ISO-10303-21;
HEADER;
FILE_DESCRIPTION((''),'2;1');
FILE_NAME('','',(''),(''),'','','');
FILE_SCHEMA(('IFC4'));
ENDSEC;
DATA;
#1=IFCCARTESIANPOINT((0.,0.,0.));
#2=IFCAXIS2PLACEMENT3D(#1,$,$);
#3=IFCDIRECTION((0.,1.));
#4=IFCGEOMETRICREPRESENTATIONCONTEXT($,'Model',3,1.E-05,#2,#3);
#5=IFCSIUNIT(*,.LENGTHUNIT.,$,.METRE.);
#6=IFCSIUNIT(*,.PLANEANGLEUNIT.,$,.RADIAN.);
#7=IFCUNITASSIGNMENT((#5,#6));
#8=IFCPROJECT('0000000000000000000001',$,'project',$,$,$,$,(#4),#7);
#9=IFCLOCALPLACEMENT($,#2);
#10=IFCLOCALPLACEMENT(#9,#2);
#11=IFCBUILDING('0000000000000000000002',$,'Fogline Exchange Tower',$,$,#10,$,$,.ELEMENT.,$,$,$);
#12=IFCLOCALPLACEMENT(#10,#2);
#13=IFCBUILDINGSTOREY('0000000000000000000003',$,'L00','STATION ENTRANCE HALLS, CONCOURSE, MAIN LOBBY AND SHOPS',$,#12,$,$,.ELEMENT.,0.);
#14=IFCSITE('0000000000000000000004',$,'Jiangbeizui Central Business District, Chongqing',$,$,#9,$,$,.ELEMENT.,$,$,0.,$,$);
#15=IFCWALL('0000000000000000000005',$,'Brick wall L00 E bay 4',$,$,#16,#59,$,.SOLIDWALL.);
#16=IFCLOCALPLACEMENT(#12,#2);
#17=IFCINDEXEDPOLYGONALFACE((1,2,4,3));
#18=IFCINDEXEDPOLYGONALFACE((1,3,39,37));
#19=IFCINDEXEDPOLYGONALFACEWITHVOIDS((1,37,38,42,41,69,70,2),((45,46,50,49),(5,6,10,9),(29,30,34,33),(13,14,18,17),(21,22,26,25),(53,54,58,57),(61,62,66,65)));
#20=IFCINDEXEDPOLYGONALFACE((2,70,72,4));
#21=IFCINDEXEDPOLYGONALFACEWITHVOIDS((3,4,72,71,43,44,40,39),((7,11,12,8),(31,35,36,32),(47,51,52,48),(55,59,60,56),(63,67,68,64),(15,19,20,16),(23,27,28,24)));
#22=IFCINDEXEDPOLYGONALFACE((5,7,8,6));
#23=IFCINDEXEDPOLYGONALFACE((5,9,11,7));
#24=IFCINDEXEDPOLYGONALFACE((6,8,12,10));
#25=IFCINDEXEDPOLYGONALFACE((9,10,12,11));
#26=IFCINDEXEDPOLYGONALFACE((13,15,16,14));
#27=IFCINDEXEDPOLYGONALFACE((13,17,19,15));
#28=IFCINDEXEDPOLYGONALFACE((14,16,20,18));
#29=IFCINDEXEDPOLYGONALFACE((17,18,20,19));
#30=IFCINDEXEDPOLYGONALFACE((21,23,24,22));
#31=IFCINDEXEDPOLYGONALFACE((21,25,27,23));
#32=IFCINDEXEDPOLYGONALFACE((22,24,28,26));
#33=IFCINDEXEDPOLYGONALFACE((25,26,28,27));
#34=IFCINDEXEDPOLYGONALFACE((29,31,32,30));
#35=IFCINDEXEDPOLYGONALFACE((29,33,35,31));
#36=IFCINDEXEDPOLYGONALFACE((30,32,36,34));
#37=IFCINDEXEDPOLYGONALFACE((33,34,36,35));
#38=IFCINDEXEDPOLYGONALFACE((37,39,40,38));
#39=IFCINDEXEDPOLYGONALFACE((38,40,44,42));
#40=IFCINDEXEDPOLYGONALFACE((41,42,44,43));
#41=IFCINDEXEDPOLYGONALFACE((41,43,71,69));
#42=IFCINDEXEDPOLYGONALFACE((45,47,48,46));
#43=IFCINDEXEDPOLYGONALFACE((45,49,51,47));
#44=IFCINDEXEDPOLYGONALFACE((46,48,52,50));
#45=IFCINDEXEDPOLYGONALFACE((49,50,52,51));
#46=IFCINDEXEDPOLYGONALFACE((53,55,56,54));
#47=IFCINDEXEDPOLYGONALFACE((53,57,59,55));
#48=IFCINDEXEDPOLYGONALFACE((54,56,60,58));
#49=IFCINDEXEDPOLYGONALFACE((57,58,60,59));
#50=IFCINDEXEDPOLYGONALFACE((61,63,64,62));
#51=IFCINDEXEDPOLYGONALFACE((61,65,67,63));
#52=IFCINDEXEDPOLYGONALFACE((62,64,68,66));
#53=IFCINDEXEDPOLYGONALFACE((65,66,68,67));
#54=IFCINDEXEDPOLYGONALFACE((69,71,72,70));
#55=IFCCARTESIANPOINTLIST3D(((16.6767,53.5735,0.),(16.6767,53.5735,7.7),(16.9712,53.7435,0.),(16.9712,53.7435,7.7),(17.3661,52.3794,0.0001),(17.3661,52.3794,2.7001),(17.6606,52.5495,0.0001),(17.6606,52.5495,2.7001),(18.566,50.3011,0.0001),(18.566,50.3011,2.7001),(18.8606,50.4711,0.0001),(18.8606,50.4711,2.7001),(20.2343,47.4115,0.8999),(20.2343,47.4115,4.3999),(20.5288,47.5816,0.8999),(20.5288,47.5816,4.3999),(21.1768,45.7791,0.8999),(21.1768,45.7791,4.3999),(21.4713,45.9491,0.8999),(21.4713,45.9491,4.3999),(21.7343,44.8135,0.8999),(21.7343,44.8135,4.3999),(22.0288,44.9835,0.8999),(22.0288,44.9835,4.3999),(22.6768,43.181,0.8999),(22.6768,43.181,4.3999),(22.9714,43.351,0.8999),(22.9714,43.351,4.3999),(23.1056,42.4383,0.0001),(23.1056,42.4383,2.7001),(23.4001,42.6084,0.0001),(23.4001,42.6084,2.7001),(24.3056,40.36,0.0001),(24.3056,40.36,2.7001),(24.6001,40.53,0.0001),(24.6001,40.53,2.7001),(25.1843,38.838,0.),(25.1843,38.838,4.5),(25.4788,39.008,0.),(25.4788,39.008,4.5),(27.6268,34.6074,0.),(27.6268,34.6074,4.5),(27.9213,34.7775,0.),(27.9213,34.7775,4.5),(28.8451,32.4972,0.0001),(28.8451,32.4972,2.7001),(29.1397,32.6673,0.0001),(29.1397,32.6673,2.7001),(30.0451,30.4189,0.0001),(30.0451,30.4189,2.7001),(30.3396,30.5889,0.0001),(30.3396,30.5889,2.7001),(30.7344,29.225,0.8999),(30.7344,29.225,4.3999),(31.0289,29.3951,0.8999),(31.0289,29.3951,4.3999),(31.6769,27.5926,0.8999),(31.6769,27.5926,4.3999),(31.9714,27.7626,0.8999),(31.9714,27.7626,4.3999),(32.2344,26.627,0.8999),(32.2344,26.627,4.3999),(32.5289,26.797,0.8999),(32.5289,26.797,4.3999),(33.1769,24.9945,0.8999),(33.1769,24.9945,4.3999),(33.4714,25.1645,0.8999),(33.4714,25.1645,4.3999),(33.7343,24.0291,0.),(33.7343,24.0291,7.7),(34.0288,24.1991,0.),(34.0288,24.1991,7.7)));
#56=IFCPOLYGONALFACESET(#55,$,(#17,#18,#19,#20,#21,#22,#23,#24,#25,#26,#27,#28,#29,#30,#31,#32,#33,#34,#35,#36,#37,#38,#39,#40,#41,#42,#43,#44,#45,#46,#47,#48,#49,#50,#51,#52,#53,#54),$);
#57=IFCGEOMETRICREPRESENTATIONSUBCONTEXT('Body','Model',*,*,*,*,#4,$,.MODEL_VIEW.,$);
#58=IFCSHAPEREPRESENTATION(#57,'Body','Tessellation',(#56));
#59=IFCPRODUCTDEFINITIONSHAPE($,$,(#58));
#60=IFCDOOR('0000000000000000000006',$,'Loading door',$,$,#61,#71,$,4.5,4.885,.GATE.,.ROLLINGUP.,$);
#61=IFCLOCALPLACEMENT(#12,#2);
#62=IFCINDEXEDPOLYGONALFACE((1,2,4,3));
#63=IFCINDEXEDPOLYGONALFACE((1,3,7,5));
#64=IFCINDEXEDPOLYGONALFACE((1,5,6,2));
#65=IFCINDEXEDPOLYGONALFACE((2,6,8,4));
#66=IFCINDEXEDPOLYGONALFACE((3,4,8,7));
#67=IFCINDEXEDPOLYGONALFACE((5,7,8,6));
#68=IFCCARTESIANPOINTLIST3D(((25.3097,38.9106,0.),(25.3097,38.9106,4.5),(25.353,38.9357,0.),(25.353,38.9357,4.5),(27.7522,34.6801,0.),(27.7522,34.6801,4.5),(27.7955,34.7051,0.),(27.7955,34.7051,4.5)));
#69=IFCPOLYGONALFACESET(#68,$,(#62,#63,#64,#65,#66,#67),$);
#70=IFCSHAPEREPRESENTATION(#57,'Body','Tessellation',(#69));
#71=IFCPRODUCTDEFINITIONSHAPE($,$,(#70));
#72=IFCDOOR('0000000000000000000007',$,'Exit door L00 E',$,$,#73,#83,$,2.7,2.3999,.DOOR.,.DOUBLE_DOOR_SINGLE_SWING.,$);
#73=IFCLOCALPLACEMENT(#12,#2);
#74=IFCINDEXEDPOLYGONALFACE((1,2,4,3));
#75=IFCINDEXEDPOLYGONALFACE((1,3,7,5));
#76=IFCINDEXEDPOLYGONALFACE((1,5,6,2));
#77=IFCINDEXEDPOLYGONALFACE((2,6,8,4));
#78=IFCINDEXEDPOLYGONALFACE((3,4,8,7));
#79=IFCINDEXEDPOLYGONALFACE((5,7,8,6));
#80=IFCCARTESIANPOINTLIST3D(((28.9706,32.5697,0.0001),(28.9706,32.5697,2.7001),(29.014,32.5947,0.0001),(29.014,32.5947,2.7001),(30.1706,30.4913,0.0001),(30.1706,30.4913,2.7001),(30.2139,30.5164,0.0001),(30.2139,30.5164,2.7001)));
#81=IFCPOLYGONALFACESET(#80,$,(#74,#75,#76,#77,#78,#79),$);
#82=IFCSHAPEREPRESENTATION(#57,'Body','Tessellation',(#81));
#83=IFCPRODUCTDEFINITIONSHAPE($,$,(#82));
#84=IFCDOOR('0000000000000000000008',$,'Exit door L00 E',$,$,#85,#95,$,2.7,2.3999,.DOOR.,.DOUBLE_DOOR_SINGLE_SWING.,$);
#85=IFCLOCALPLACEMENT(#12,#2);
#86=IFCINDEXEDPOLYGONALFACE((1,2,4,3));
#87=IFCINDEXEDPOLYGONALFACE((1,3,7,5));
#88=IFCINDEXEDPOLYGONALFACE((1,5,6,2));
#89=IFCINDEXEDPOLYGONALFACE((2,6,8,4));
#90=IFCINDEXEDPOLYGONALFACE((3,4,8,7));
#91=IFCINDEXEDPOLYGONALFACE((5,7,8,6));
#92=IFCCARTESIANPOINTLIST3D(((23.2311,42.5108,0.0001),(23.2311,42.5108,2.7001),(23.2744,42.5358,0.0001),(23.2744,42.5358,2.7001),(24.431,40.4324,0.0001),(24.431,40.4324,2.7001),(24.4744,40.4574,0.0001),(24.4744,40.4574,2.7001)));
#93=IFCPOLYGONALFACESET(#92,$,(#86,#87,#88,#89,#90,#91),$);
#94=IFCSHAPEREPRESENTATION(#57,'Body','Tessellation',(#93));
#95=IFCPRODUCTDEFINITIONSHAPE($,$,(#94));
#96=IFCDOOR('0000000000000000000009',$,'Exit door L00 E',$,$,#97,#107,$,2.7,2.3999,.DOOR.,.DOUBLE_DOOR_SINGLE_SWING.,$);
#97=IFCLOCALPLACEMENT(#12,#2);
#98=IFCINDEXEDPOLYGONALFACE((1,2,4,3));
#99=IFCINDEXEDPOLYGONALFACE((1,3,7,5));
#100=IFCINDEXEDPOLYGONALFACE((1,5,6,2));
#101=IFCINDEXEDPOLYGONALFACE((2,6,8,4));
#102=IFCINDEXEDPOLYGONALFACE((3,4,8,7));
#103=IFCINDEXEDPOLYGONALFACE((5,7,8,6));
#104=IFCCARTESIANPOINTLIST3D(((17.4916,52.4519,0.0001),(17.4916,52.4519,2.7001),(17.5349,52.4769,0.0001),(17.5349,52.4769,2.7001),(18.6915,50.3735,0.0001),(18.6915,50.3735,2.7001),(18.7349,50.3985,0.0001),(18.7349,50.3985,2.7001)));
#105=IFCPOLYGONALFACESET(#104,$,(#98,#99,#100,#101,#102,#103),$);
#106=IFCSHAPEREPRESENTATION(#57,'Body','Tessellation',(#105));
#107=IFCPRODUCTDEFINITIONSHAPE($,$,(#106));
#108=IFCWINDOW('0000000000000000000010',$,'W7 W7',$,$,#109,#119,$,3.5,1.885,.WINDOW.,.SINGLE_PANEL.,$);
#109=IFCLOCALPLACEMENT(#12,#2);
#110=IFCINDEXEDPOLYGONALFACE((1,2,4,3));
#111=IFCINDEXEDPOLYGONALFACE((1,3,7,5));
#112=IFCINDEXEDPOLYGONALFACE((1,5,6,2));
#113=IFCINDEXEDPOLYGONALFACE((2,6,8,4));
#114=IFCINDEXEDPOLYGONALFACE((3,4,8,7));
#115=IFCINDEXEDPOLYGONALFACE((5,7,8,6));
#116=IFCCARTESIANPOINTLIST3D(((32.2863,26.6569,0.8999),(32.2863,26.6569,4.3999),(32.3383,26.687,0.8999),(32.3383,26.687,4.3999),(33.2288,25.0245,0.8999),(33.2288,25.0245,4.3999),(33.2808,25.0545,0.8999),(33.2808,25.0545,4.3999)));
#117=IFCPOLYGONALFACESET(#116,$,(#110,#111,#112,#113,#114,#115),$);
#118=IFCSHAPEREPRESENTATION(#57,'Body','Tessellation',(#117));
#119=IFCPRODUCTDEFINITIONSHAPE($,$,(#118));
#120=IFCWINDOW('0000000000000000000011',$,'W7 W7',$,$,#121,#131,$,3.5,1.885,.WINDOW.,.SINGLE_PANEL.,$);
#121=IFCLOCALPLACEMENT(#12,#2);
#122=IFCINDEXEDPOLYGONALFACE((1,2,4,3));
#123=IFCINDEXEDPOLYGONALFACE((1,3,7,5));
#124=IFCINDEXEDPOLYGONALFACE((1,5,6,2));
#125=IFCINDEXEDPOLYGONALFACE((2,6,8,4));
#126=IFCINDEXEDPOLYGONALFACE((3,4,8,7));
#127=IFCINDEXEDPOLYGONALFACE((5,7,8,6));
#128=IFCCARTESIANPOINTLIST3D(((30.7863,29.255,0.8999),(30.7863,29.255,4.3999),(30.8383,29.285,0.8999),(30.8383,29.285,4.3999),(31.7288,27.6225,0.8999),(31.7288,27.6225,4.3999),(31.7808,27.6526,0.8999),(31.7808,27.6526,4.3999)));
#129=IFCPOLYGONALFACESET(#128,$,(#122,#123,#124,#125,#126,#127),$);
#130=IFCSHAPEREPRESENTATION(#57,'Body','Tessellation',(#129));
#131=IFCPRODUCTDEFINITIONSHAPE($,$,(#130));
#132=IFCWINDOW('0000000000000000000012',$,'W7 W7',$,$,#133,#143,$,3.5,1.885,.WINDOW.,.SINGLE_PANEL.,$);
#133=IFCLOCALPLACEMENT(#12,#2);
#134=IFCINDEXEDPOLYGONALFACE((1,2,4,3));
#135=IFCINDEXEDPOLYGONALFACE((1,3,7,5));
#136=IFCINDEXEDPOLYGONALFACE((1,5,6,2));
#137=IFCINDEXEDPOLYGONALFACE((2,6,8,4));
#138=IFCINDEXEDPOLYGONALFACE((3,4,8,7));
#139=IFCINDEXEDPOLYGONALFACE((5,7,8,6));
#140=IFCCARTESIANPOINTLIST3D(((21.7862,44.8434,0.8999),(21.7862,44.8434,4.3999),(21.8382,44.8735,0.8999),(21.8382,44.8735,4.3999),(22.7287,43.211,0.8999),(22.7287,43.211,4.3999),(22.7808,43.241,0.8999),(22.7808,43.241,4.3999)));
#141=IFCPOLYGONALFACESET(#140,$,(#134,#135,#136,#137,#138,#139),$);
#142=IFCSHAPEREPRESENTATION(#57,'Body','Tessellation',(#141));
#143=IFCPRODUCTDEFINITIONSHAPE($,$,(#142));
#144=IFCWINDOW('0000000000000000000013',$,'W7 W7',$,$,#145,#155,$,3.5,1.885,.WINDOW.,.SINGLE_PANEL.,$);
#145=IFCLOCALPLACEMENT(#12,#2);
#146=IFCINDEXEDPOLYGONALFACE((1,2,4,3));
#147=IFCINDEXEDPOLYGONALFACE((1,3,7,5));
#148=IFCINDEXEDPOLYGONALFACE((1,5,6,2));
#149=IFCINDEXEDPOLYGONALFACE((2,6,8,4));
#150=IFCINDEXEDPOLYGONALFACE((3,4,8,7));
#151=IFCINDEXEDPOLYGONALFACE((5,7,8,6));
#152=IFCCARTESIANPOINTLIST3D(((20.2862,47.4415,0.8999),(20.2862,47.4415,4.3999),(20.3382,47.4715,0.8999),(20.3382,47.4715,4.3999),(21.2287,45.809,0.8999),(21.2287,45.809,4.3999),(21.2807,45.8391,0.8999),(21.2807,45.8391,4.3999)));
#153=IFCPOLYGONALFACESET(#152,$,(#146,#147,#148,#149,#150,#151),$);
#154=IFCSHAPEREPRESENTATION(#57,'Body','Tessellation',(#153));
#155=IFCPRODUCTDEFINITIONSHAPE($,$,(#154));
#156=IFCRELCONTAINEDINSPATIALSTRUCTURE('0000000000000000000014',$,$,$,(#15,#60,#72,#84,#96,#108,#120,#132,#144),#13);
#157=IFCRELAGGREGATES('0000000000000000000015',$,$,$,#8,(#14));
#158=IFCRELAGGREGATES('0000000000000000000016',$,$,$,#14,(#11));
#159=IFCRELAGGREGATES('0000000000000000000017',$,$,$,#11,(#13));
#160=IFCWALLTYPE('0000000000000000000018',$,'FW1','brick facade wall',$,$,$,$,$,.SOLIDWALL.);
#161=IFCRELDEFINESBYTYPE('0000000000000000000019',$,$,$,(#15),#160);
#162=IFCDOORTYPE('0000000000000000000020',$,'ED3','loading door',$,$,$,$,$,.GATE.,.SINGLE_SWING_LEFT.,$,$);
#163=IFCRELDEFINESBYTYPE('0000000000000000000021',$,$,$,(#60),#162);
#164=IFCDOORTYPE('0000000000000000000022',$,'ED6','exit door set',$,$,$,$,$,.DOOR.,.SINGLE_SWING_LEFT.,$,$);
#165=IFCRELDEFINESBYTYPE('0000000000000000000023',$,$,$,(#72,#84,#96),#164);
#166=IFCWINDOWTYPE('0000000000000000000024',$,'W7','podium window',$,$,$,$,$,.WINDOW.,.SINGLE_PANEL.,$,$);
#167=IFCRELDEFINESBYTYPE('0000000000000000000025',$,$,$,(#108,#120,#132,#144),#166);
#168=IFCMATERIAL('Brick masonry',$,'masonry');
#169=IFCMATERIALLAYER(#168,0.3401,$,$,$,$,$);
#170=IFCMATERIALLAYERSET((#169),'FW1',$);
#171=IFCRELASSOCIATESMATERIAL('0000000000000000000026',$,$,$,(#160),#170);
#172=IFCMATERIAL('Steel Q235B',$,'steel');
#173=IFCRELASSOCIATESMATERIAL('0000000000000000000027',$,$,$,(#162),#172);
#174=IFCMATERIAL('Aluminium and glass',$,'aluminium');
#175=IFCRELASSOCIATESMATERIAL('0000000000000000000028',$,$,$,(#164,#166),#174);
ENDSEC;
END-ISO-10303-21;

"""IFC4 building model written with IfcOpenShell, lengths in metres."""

from ifc_helpers import new_model, si_unit, direction, frame, frame_2d, origin, place, context, subcontext, project, spatial, rectangle, extrude, material, layer, layer_set, type_object, element, fill, save


model = new_model("IFC4")

# Units and contexts
model_context = context("Model", 3, precision=1e-05, world=origin(), true_north=direction((0.0, 1.0)))
body_context = subcontext(model_context, "Body", "Model", "MODEL_VIEW")
ifc_project = project(units=[si_unit("LENGTHUNIT", "METRE"), si_unit("PLANEANGLEUNIT", "RADIAN")], contexts=[model_context])

# Site, building, storey
site_placement = place(None, origin())
site = spatial("IfcSite", under=ifc_project, at=site_placement, Name="Jiangbeizui Central Business District, Chongqing", CompositionType="ELEMENT", RefElevation=0.0)
building_placement = place(site_placement, origin())
building = spatial("IfcBuilding", under=site, at=building_placement, Name="Fogline Exchange Tower", CompositionType="ELEMENT")
storey_placement = place(building_placement, origin())
storey = spatial("IfcBuildingStorey", under=building, at=storey_placement, Name="L00", Description="STATION ENTRANCE HALLS, CONCOURSE, MAIN LOBBY AND SHOPS", CompositionType="ELEMENT", Elevation=0.0)

# Shared definitions
ifc_material_1 = material(Name="Aluminium and glass", Category="aluminium")

# Wall, openings, doors, windows
ifc_material_2 = material(Name="Brick masonry", Category="masonry")
ifc_layer_1 = layer(ifc_material_2, 0.3401)
ifc_layer_set_1 = layer_set([ifc_layer_1], Name="FW1")
wall_type_1 = type_object("IfcWallType", Name="FW1", Description="brick facade wall", PredefinedType="SOLIDWALL", material=ifc_layer_set_1)
wall_1_placement = place(storey_placement, frame((33.8816, 24.114, 0.0), z_axis=(0.0, 0.0, 1.0), x_axis=(-0.500003, 0.866024, 0.0)))
wall_1 = element("IfcWall", 1, at=wall_1_placement, inside=storey, type_object=wall_type_1, Name="Brick wall L00 E bay 4", PredefinedType="SOLIDWALL", context=body_context, shape_type="SweptSolid", body=[
    extrude(rectangle(XDim=34.115, YDim=0.3401, at=frame_2d((17.0576, 0.0))), origin(), (0.0, 0.0, 1.0), 7.7),
])
opening_1_placement = place(wall_1_placement, frame((1.115, 0.0, 0.8999)))
opening_1 = element("IfcOpeningElement", 2, at=opening_1_placement, cuts=wall_1, PredefinedType="OPENING", context=body_context, shape_type="SweptSolid", body=[
    extrude(rectangle(XDim=1.885, YDim=3.5, at=frame_2d((0.9424, 1.75))), frame((0.0, 0.1802, 0.0), z_axis=(0.0, -1.0, 0.0), x_axis=(1.0, 0.0, 0.0)), (0.0, 0.0, 1.0), 0.3601),
])
opening_2_placement = place(wall_1_placement, frame((4.115, 0.0, 0.8999)))
opening_2 = element("IfcOpeningElement", 3, at=opening_2_placement, cuts=wall_1, PredefinedType="OPENING", context=body_context, shape_type="SweptSolid", body=[
    extrude(rectangle(XDim=1.885, YDim=3.5, at=frame_2d((0.9424, 1.75))), frame((0.0, 0.1802, 0.0), z_axis=(0.0, -1.0, 0.0), x_axis=(1.0, 0.0, 0.0)), (0.0, 0.0, 1.0), 0.3601),
])
opening_3_placement = place(wall_1_placement, frame((22.115, 0.0, 0.8999)))
opening_3 = element("IfcOpeningElement", 4, at=opening_3_placement, cuts=wall_1, PredefinedType="OPENING", context=body_context, shape_type="SweptSolid", body=[
    extrude(rectangle(XDim=1.885, YDim=3.5, at=frame_2d((0.9424, 1.75))), frame((0.0, 0.1802, 0.0), z_axis=(0.0, -1.0, 0.0), x_axis=(1.0, 0.0, 0.0)), (0.0, 0.0, 1.0), 0.3601),
])
opening_4_placement = place(wall_1_placement, frame((25.115, 0.0, 0.8999)))
opening_4 = element("IfcOpeningElement", 5, at=opening_4_placement, cuts=wall_1, PredefinedType="OPENING", context=body_context, shape_type="SweptSolid", body=[
    extrude(rectangle(XDim=1.885, YDim=3.5, at=frame_2d((0.9424, 1.75))), frame((0.0, 0.1802, 0.0), z_axis=(0.0, -1.0, 0.0), x_axis=(1.0, 0.0, 0.0)), (0.0, 0.0, 1.0), 0.3601),
])
opening_5_placement = place(wall_1_placement, frame((7.3784, 0.0, 0.0)))
opening_5 = element("IfcOpeningElement", 6, at=opening_5_placement, cuts=wall_1, PredefinedType="OPENING", context=body_context, shape_type="SweptSolid", body=[
    extrude(rectangle(XDim=2.3999, YDim=2.7, at=frame_2d((1.2, 1.3501))), frame((0.0, 0.1802, 0.0), z_axis=(0.0, -1.0, 0.0), x_axis=(1.0, 0.0, 0.0)), (0.0, 0.0, 1.0), 0.3601),
])
opening_6_placement = place(wall_1_placement, frame((18.8574, 0.0, 0.0)))
opening_6 = element("IfcOpeningElement", 7, at=opening_6_placement, cuts=wall_1, PredefinedType="OPENING", context=body_context, shape_type="SweptSolid", body=[
    extrude(rectangle(XDim=2.3999, YDim=2.7, at=frame_2d((1.2, 1.3501))), frame((0.0, 0.1802, 0.0), z_axis=(0.0, -1.0, 0.0), x_axis=(1.0, 0.0, 0.0)), (0.0, 0.0, 1.0), 0.3601),
])
opening_7_placement = place(wall_1_placement, frame((30.3364, 0.0, 0.0)))
opening_7 = element("IfcOpeningElement", 8, at=opening_7_placement, cuts=wall_1, PredefinedType="OPENING", context=body_context, shape_type="SweptSolid", body=[
    extrude(rectangle(XDim=2.3999, YDim=2.7, at=frame_2d((1.2, 1.3501))), frame((0.0, 0.1802, 0.0), z_axis=(0.0, -1.0, 0.0), x_axis=(1.0, 0.0, 0.0)), (0.0, 0.0, 1.0), 0.3601),
])
opening_8_placement = place(wall_1_placement, frame((12.2151, 0.0, 0.0)))
opening_8 = element("IfcOpeningElement", 9, at=opening_8_placement, cuts=wall_1, PredefinedType="OPENING", context=body_context, shape_type="SweptSolid", body=[
    extrude(rectangle(XDim=4.885, YDim=4.5, at=frame_2d((2.4424, 2.25))), frame((0.0, 0.1802, 0.0), z_axis=(0.0, -1.0, 0.0), x_axis=(1.0, 0.0, 0.0)), (0.0, 0.0, 1.0), 0.3601),
])
ifc_material_3 = material(Name="Steel Q235B", Category="steel")
door_type_1 = type_object("IfcDoorType", Name="ED3", Description="loading door", OperationType="SINGLE_SWING_LEFT", PredefinedType="GATE", material=ifc_material_3)
door_1_placement = place(opening_8_placement, frame((4.885, 0.0, 0.0), z_axis=(0.0, 0.0, 1.0), x_axis=(-1.0, 0.0, 0.0)))
door_1 = element("IfcDoor", 10, at=door_1_placement, inside=storey, type_object=door_type_1, Name="Loading door", OperationType="ROLLINGUP", OverallHeight=4.5, OverallWidth=4.885, PredefinedType="GATE", context=body_context, shape_type="SweptSolid", body=[
    extrude(rectangle(XDim=4.885, YDim=4.5, at=frame_2d((2.4424, 2.25))), frame((0.0, 0.0249, 0.0), z_axis=(0.0, -1.0, 0.0), x_axis=(1.0, 0.0, 0.0)), (0.0, 0.0, 1.0), 0.05),
])
fill(opening_8, door_1)
door_type_2 = type_object("IfcDoorType", Name="ED6", Description="exit door set", OperationType="SINGLE_SWING_LEFT", PredefinedType="DOOR", material=ifc_material_1)
door_2_placement = place(opening_5_placement, frame((2.3999, 0.0, 0.0), z_axis=(0.0, 0.0, 1.0), x_axis=(-1.0, 0.0, 0.0)))
door_2 = element("IfcDoor", 11, at=door_2_placement, inside=storey, type_object=door_type_2, Name="Exit door L00 E", OperationType="DOUBLE_DOOR_SINGLE_SWING", OverallHeight=2.7, OverallWidth=2.3999, PredefinedType="DOOR", context=body_context, shape_type="SweptSolid", body=[
    extrude(rectangle(XDim=2.3999, YDim=2.7, at=frame_2d((1.2, 1.3501))), frame((0.0, 0.0249, 0.0), z_axis=(0.0, -1.0, 0.0), x_axis=(1.0, 0.0, 0.0)), (0.0, 0.0, 1.0), 0.05),
])
fill(opening_5, door_2)
door_3_placement = place(opening_6_placement, frame((2.3999, 0.0, 0.0), z_axis=(0.0, 0.0, 1.0), x_axis=(-1.0, 0.0, 0.0)))
door_3 = element("IfcDoor", 12, at=door_3_placement, inside=storey, type_object=door_type_2, Name="Exit door L00 E", OperationType="DOUBLE_DOOR_SINGLE_SWING", OverallHeight=2.7, OverallWidth=2.3999, PredefinedType="DOOR", context=body_context, shape_type="SweptSolid", body=[
    extrude(rectangle(XDim=2.3999, YDim=2.7, at=frame_2d((1.2, 1.3501))), frame((0.0, 0.0249, 0.0), z_axis=(0.0, -1.0, 0.0), x_axis=(1.0, 0.0, 0.0)), (0.0, 0.0, 1.0), 0.05),
])
fill(opening_6, door_3)
door_4_placement = place(opening_7_placement, frame((2.3999, 0.0, 0.0), z_axis=(0.0, 0.0, 1.0), x_axis=(-1.0, 0.0, 0.0)))
door_4 = element("IfcDoor", 13, at=door_4_placement, inside=storey, type_object=door_type_2, Name="Exit door L00 E", OperationType="DOUBLE_DOOR_SINGLE_SWING", OverallHeight=2.7, OverallWidth=2.3999, PredefinedType="DOOR", context=body_context, shape_type="SweptSolid", body=[
    extrude(rectangle(XDim=2.3999, YDim=2.7, at=frame_2d((1.2, 1.3501))), frame((0.0, 0.0249, 0.0), z_axis=(0.0, -1.0, 0.0), x_axis=(1.0, 0.0, 0.0)), (0.0, 0.0, 1.0), 0.05),
])
fill(opening_7, door_4)
window_type = type_object("IfcWindowType", Name="W7", Description="podium window", PartitioningType="SINGLE_PANEL", PredefinedType="WINDOW", material=ifc_material_1)
window_1_placement = place(opening_1_placement, origin())
window_1 = element("IfcWindow", 14, at=window_1_placement, inside=storey, type_object=window_type, Name="W7 W7", OverallHeight=3.5, OverallWidth=1.885, PartitioningType="SINGLE_PANEL", PredefinedType="WINDOW", context=body_context, shape_type="SweptSolid", body=[
    extrude(rectangle(XDim=1.885, YDim=3.5, at=frame_2d((0.9424, 1.75))), frame((0.0, 0.1101, 0.0), z_axis=(0.0, -1.0, 0.0), x_axis=(1.0, 0.0, 0.0)), (0.0, 0.0, 1.0), 0.0601),
])
fill(opening_1, window_1)
window_2_placement = place(opening_2_placement, origin())
window_2 = element("IfcWindow", 15, at=window_2_placement, inside=storey, type_object=window_type, Name="W7 W7", OverallHeight=3.5, OverallWidth=1.885, PartitioningType="SINGLE_PANEL", PredefinedType="WINDOW", context=body_context, shape_type="SweptSolid", body=[
    extrude(rectangle(XDim=1.885, YDim=3.5, at=frame_2d((0.9424, 1.75))), frame((0.0, 0.1101, 0.0), z_axis=(0.0, -1.0, 0.0), x_axis=(1.0, 0.0, 0.0)), (0.0, 0.0, 1.0), 0.0601),
])
fill(opening_2, window_2)
window_3_placement = place(opening_3_placement, origin())
window_3 = element("IfcWindow", 16, at=window_3_placement, inside=storey, type_object=window_type, Name="W7 W7", OverallHeight=3.5, OverallWidth=1.885, PartitioningType="SINGLE_PANEL", PredefinedType="WINDOW", context=body_context, shape_type="SweptSolid", body=[
    extrude(rectangle(XDim=1.885, YDim=3.5, at=frame_2d((0.9424, 1.75))), frame((0.0, 0.1101, 0.0), z_axis=(0.0, -1.0, 0.0), x_axis=(1.0, 0.0, 0.0)), (0.0, 0.0, 1.0), 0.0601),
])
fill(opening_3, window_3)
window_4_placement = place(opening_4_placement, origin())
window_4 = element("IfcWindow", 17, at=window_4_placement, inside=storey, type_object=window_type, Name="W7 W7", OverallHeight=3.5, OverallWidth=1.885, PartitioningType="SINGLE_PANEL", PredefinedType="WINDOW", context=body_context, shape_type="SweptSolid", body=[
    extrude(rectangle(XDim=1.885, YDim=3.5, at=frame_2d((0.9424, 1.75))), frame((0.0, 0.1101, 0.0), z_axis=(0.0, -1.0, 0.0), x_axis=(1.0, 0.0, 0.0)), (0.0, 0.0, 1.0), 0.0601),
])
fill(opening_4, window_4)

save(model, "model.ifc")
